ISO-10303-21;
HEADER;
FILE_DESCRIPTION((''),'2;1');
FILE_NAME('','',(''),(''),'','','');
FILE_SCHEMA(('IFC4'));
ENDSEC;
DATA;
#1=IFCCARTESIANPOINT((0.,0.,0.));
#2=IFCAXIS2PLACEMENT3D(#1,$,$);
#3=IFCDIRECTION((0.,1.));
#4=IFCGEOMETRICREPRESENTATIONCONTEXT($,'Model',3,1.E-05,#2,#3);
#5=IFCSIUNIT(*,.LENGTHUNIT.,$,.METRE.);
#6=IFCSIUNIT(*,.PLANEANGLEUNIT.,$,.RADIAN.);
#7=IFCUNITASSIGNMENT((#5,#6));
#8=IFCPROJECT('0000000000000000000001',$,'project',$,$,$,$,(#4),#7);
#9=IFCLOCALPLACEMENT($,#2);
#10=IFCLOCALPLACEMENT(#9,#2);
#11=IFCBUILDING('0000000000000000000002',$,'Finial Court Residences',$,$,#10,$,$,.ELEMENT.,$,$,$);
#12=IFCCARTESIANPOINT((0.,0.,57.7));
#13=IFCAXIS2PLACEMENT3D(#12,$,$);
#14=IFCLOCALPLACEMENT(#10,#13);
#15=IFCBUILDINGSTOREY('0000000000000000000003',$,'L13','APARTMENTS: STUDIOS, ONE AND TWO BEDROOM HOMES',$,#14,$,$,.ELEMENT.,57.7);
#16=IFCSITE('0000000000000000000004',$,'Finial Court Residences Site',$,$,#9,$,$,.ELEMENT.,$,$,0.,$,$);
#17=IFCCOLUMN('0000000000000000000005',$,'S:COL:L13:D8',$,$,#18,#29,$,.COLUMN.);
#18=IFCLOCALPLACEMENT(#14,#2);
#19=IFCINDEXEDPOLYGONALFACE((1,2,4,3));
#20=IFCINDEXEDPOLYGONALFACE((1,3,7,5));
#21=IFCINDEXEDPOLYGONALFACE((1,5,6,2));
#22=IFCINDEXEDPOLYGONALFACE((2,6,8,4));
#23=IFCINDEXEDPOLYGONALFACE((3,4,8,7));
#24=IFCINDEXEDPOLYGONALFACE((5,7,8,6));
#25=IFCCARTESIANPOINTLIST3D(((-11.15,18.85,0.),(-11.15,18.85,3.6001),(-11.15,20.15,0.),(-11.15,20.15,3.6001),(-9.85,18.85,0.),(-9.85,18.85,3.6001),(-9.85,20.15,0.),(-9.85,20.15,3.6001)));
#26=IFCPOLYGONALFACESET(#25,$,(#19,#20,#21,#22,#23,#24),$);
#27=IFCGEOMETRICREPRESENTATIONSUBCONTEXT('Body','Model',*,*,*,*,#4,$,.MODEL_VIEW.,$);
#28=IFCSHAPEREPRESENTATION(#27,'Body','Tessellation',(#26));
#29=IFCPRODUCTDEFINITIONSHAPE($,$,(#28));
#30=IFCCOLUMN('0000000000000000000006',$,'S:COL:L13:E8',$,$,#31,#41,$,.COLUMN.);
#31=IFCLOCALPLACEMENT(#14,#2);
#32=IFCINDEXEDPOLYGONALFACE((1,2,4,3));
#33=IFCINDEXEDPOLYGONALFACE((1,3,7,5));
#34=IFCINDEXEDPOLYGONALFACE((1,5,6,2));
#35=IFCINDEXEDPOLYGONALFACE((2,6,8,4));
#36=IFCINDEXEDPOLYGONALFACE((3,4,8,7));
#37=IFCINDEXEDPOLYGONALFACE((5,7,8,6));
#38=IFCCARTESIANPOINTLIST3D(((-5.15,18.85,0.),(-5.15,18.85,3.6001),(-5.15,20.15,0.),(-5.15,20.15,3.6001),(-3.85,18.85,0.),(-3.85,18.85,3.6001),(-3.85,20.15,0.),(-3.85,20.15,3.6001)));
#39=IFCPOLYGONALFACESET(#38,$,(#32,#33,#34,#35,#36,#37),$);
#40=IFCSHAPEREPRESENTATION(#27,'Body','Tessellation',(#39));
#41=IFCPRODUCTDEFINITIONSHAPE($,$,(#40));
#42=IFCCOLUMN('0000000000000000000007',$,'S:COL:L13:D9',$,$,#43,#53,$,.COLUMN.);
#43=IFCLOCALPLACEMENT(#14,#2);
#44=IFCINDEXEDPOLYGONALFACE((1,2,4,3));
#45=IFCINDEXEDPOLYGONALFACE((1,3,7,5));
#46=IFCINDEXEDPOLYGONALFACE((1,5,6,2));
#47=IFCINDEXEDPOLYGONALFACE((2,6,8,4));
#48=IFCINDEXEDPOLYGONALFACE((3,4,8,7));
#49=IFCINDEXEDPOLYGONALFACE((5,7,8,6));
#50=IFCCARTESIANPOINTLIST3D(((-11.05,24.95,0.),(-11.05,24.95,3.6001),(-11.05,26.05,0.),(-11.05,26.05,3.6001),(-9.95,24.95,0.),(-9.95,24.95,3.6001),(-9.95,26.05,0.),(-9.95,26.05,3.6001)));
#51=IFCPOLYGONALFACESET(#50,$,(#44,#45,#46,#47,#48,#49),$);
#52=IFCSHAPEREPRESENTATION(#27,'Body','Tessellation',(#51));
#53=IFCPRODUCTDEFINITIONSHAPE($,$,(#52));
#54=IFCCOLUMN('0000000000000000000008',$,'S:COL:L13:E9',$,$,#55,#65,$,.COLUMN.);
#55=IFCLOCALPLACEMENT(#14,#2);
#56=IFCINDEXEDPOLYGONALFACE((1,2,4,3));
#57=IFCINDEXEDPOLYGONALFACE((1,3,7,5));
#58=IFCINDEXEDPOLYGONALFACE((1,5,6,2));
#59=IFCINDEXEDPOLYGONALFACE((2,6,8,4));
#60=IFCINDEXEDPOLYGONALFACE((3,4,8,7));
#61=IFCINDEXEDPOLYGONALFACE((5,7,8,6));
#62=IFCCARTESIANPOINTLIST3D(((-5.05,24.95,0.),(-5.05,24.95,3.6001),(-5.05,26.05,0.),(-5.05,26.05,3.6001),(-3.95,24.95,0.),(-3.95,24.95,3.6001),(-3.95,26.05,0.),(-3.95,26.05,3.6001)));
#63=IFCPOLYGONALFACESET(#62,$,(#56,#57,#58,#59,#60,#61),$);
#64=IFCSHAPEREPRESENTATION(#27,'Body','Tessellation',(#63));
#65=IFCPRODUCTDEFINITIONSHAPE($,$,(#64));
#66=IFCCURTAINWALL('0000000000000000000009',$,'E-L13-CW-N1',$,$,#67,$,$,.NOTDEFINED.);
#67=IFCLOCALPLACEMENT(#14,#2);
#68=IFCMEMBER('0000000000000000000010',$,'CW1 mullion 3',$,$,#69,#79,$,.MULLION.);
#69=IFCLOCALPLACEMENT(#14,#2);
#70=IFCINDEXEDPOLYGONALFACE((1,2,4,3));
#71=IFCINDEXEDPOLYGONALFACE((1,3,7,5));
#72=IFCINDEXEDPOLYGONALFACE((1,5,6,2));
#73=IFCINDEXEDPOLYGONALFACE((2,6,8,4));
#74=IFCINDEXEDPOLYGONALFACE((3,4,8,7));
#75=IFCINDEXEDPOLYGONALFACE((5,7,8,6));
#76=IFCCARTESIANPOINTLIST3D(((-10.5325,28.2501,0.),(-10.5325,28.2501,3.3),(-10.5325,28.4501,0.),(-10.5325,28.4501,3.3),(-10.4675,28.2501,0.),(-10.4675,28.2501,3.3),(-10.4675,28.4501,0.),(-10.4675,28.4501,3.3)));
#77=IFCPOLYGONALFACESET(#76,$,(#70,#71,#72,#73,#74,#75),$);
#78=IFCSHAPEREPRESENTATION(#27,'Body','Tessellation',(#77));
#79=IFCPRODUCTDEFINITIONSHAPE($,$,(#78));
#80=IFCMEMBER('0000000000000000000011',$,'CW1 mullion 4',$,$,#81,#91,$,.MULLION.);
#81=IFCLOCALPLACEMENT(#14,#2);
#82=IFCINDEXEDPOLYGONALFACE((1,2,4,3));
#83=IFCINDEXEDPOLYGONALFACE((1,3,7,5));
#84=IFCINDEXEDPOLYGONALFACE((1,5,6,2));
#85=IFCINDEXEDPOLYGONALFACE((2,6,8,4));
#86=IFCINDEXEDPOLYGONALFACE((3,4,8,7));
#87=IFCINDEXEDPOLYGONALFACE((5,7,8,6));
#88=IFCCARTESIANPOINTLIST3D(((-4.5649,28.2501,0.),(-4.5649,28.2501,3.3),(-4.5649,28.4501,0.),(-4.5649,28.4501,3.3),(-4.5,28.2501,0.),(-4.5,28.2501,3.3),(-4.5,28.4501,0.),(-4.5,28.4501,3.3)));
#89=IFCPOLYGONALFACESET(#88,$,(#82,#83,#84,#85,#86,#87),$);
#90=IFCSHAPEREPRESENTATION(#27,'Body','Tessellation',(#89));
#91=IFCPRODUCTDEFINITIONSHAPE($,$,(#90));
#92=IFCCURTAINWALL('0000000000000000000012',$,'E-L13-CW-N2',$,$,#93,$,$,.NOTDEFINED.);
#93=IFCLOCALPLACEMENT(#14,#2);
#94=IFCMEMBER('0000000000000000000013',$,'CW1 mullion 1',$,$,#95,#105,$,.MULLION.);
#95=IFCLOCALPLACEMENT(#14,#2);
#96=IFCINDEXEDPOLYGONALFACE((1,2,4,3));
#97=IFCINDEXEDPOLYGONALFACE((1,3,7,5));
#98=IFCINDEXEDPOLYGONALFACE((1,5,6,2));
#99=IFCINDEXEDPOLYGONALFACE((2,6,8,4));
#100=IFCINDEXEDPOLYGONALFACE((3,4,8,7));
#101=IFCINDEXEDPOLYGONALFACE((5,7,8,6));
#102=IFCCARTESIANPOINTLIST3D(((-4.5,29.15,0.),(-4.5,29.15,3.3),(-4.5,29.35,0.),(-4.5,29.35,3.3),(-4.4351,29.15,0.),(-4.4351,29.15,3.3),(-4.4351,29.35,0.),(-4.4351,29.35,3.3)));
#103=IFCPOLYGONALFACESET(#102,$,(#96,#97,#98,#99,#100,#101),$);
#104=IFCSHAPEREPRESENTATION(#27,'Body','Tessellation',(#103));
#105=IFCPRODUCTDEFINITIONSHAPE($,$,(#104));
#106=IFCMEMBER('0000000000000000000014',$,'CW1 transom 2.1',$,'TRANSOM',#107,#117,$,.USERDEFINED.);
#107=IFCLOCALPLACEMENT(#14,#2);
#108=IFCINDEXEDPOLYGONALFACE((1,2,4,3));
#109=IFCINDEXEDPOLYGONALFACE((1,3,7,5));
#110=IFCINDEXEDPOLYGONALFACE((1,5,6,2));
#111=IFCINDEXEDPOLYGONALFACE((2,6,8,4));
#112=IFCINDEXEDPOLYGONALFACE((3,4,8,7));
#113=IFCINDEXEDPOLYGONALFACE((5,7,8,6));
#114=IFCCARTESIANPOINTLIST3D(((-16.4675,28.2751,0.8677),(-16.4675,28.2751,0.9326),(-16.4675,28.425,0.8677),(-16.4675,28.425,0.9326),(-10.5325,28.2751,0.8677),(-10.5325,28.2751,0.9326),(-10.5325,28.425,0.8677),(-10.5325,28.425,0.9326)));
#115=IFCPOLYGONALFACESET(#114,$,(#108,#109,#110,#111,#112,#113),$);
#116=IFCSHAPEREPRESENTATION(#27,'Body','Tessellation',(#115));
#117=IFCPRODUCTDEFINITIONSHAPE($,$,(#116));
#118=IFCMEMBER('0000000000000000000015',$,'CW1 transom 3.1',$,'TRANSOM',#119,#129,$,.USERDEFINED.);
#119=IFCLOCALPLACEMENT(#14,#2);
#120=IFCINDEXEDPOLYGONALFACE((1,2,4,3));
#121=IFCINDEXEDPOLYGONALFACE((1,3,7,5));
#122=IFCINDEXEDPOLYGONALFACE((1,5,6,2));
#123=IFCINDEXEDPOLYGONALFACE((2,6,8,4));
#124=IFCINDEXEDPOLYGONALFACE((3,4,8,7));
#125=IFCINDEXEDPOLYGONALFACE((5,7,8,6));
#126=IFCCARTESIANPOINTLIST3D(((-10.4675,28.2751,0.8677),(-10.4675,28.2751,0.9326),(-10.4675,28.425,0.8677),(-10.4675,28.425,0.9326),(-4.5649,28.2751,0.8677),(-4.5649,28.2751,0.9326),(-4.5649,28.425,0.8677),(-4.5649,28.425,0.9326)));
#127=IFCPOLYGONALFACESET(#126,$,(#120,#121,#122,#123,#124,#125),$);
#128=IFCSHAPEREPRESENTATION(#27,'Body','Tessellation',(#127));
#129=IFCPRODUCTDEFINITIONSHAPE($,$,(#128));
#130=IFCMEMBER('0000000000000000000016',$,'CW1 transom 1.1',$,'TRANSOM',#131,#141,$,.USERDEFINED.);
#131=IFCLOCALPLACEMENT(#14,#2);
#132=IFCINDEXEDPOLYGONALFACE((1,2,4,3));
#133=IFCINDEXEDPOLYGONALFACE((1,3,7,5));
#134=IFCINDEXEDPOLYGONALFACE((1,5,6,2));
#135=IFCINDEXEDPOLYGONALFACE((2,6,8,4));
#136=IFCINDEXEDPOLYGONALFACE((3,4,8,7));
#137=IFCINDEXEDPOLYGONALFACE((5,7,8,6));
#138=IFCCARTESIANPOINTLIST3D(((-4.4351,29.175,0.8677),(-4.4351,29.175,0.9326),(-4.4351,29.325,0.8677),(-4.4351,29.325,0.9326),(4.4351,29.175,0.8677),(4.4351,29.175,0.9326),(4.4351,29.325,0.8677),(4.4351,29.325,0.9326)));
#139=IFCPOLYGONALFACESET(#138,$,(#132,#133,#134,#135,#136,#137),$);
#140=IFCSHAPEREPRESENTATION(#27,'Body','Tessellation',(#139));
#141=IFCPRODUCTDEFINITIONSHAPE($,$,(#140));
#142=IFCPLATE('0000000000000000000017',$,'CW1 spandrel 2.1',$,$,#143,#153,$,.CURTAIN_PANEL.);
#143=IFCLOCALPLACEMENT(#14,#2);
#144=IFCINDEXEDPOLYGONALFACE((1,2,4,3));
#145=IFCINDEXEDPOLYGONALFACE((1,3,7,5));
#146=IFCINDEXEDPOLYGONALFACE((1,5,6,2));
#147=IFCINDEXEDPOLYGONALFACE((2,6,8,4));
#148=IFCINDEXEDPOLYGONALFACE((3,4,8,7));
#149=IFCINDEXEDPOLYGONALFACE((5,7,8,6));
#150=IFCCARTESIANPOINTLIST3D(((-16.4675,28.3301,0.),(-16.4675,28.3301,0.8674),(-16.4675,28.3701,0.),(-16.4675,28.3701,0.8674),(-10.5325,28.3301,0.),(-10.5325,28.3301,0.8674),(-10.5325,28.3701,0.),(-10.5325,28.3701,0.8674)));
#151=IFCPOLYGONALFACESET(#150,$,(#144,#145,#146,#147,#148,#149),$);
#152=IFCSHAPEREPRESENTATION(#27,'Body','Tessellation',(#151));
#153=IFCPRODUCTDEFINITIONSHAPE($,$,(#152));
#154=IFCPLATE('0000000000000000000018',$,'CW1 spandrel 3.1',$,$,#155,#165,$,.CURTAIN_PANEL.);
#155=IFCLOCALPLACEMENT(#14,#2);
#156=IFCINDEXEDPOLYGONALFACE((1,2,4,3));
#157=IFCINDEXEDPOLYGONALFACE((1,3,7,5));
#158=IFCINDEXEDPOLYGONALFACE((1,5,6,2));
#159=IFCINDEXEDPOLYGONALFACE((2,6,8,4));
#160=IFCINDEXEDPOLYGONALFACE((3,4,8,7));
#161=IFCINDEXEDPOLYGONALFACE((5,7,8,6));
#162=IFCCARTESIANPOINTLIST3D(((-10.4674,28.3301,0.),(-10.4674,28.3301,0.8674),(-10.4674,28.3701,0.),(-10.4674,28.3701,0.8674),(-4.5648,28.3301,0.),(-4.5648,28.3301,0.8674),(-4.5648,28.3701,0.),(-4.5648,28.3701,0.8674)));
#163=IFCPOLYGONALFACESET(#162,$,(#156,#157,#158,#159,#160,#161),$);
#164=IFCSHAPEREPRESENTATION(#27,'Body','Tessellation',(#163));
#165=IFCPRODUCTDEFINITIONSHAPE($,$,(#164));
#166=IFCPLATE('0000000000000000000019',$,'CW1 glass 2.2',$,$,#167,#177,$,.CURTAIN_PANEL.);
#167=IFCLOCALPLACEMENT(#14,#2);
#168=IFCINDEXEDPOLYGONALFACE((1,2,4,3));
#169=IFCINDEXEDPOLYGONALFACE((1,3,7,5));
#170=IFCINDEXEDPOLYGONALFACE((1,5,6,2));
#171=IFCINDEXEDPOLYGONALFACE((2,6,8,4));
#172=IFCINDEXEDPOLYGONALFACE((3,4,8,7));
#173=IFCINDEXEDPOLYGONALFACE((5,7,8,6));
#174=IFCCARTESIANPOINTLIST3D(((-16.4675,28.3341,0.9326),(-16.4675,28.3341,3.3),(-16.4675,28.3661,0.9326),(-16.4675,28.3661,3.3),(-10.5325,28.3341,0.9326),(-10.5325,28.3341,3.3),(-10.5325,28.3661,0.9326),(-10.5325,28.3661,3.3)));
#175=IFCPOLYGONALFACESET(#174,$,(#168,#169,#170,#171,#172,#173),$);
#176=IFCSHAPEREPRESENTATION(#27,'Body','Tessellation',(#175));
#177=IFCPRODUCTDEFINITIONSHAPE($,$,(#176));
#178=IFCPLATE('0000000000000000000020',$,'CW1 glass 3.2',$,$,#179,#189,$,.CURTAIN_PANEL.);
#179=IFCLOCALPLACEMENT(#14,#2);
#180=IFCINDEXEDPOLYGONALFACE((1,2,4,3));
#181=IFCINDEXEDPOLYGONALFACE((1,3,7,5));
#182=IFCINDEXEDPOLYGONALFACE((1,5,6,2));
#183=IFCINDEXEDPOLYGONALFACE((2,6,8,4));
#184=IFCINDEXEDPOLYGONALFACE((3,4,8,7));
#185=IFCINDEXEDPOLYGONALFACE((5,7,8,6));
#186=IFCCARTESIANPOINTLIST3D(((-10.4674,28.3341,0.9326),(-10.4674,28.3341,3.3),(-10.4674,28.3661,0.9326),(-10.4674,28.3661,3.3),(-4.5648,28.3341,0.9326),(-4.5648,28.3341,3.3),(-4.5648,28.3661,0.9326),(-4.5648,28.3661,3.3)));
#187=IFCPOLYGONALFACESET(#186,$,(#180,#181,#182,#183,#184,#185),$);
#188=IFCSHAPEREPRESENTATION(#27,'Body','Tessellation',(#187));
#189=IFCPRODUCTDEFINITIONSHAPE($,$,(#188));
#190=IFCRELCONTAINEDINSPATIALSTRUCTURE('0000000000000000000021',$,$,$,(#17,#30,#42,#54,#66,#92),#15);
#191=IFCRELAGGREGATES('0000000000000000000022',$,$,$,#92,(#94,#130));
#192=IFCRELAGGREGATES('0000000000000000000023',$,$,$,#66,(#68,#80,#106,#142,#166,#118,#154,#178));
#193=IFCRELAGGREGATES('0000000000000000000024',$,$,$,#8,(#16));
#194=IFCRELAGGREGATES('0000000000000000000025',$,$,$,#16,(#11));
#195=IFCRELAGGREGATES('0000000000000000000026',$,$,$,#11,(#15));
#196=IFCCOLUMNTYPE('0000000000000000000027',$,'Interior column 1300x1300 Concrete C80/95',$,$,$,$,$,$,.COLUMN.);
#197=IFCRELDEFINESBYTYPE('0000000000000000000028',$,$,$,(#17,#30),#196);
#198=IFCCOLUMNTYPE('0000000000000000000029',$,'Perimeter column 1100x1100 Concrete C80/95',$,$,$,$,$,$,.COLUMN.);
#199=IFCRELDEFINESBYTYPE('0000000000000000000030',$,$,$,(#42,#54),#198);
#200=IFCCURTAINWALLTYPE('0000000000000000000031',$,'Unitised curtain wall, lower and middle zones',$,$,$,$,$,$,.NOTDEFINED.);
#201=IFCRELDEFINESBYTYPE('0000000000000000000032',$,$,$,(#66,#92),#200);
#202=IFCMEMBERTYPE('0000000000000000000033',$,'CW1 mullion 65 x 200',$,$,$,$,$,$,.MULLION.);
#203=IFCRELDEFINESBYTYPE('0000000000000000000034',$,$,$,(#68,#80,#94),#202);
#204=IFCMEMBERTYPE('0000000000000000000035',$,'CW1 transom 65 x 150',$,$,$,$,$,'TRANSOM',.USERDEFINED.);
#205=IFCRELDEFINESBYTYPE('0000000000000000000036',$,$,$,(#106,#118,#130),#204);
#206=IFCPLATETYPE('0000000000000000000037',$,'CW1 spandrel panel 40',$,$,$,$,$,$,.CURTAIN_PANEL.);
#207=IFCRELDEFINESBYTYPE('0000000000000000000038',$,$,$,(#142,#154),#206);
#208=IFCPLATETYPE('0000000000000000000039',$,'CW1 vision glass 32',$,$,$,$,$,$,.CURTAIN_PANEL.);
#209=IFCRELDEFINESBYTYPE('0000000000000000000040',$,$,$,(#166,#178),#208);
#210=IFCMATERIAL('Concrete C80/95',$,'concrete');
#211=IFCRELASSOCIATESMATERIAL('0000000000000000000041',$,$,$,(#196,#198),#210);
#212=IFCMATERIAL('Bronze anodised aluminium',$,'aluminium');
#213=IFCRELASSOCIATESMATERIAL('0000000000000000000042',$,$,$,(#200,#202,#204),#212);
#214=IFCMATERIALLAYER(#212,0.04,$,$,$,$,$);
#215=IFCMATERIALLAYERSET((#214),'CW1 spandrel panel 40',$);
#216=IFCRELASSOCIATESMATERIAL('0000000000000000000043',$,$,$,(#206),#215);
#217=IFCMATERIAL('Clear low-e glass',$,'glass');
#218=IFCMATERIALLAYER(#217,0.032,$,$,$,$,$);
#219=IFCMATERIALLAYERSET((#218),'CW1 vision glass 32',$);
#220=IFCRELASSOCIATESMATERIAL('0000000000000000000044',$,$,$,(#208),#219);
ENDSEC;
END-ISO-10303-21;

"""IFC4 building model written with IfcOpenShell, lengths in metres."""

from ifc_helpers import new_model, si_unit, direction, frame, origin, origin_2d, place, context, subcontext, project, spatial, rectangle, extrude, material, layer, layer_set, material_profile, profile_set, type_object, element, aggregate, save


model = new_model("IFC4")

# Units and contexts
model_context = context("Model", 3, precision=1e-05, world=origin(), true_north=direction((0.0, 1.0)))
body_context = subcontext(model_context, "Body", "Model", "MODEL_VIEW")
ifc_project = project(units=[si_unit("LENGTHUNIT", "METRE"), si_unit("PLANEANGLEUNIT", "RADIAN")], contexts=[model_context])

# Site, building, storey
site_placement = place(None, origin())
site = spatial("IfcSite", under=ifc_project, at=site_placement, Name="Finial Court Residences Site", CompositionType="ELEMENT", RefElevation=0.0)
building_placement = place(site_placement, origin())
building = spatial("IfcBuilding", under=site, at=building_placement, Name="Finial Court Residences", CompositionType="ELEMENT")
storey_placement = place(building_placement, frame((0.0, 0.0, 57.7)))
storey = spatial("IfcBuildingStorey", under=building, at=storey_placement, Name="L13", Description="APARTMENTS: STUDIOS, ONE AND TWO BEDROOM HOMES", CompositionType="ELEMENT", Elevation=57.7)

# Columns
ifc_material_1 = material(Name="Concrete C80/95", Category="concrete")
ifc_material_profile_1 = material_profile(ifc_material_1, rectangle(XDim=1.3, YDim=1.3, at=origin_2d()), Name="1300x1300")
ifc_profile_set_1 = profile_set([ifc_material_profile_1], Name="Concrete C80/95")
column_type_1 = type_object("IfcColumnType", Name="Interior column 1300x1300 Concrete C80/95", PredefinedType="COLUMN", material=ifc_profile_set_1)
for number, where, z_axis, x_axis, name in (
    (1, (-10.5, 19.5, 0.0), (0.0, 0.0, 1.0), (1.0, 0.0, 0.0), "S:COL:L13:D8"),
    (2, (-4.5, 19.5, 0.0), (0.0, 0.0, 1.0), (1.0, 0.0, 0.0), "S:COL:L13:E8"),
):
    element("IfcColumn", number, at=place(storey_placement, frame(where, z_axis=z_axis, x_axis=x_axis)), inside=storey, type_object=column_type_1, Name=name, PredefinedType="COLUMN", context=body_context, shape_type="SweptSolid", body=[
        extrude(rectangle(XDim=1.3, YDim=1.3, at=origin_2d()), origin(), (0.0, 0.0, 1.0), 3.6001),
    ])
ifc_material_profile_2 = material_profile(ifc_material_1, rectangle(XDim=1.1001, YDim=1.1001, at=origin_2d()), Name="1100x1100")
ifc_profile_set_2 = profile_set([ifc_material_profile_2], Name="Concrete C80/95")
column_type_2 = type_object("IfcColumnType", Name="Perimeter column 1100x1100 Concrete C80/95", PredefinedType="COLUMN", material=ifc_profile_set_2)
for number, where, z_axis, x_axis, name in (
    (3, (-10.5, 25.5, 0.0), (0.0, 0.0, 1.0), (1.0, 0.0, 0.0), "S:COL:L13:D9"),
    (4, (-4.5, 25.5, 0.0), (0.0, 0.0, 1.0), (1.0, 0.0, 0.0), "S:COL:L13:E9"),
):
    element("IfcColumn", number, at=place(storey_placement, frame(where, z_axis=z_axis, x_axis=x_axis)), inside=storey, type_object=column_type_2, Name=name, PredefinedType="COLUMN", context=body_context, shape_type="SweptSolid", body=[
        extrude(rectangle(XDim=1.1001, YDim=1.1001, at=origin_2d()), origin(), (0.0, 0.0, 1.0), 3.6001),
    ])

# Curtain wall, members
ifc_material_2 = material(Name="Bronze anodised aluminium", Category="aluminium")
curtain_wall_type = type_object("IfcCurtainWallType", Name="Unitised curtain wall, lower and middle zones", PredefinedType="NOTDEFINED", material=ifc_material_2)
curtain_wall_1_placement = place(storey_placement, origin())
curtain_wall_1 = element("IfcCurtainWall", 5, at=curtain_wall_1_placement, inside=storey, type_object=curtain_wall_type, Name="E-L13-CW-N1", PredefinedType="NOTDEFINED")
ifc_material_profile_3 = material_profile(ifc_material_2, rectangle(XDim=0.2, YDim=0.0649, at=origin_2d()), Name="CW1 mullion 65 x 200")
ifc_profile_set_3 = profile_set([ifc_material_profile_3], Name="Bronze anodised aluminium")
member_type_1 = type_object("IfcMemberType", Name="CW1 mullion 65 x 200", PredefinedType="MULLION", material=ifc_profile_set_3)
member_1_placement = place(storey_placement, frame((-10.5, 28.3501, 0.0), z_axis=(0.0, 0.0, 1.0), x_axis=(0.0, 1.0, 0.0)))
member_1 = element("IfcMember", 6, at=member_1_placement, type_object=member_type_1, Name="CW1 mullion 3", PredefinedType="MULLION", context=body_context, shape_type="SweptSolid", body=[
    extrude(rectangle(XDim=0.2, YDim=0.0649, at=origin_2d()), origin(), (0.0, 0.0, 1.0), 3.3),
])
member_2_placement = place(storey_placement, frame((-4.5325, 28.3501, 0.0), z_axis=(0.0, 0.0, 1.0), x_axis=(0.0, 1.0, 0.0)))
member_2 = element("IfcMember", 7, at=member_2_placement, type_object=member_type_1, Name="CW1 mullion 4", PredefinedType="MULLION", context=body_context, shape_type="SweptSolid", body=[
    extrude(rectangle(XDim=0.2, YDim=0.0649, at=origin_2d()), origin(), (0.0, 0.0, 1.0), 3.3),
])

# Curtain wall, member
curtain_wall_2_placement = place(storey_placement, origin())
curtain_wall_2 = element("IfcCurtainWall", 8, at=curtain_wall_2_placement, inside=storey, type_object=curtain_wall_type, Name="E-L13-CW-N2", PredefinedType="NOTDEFINED")
member_3_placement = place(storey_placement, frame((-4.4675, 29.25, 0.0), z_axis=(0.0, 0.0, 1.0), x_axis=(0.0, 1.0, 0.0)))
member_3 = element("IfcMember", 9, at=member_3_placement, type_object=member_type_1, Name="CW1 mullion 1", PredefinedType="MULLION", context=body_context, shape_type="SweptSolid", body=[
    extrude(rectangle(XDim=0.2, YDim=0.0649, at=origin_2d()), origin(), (0.0, 0.0, 1.0), 3.3),
])

# Members
ifc_material_profile_4 = material_profile(ifc_material_2, rectangle(XDim=0.1499, YDim=0.0649, at=origin_2d()), Name="CW1 transom 65 x 150")
ifc_profile_set_4 = profile_set([ifc_material_profile_4], Name="Bronze anodised aluminium")
member_type_2 = type_object("IfcMemberType", Name="CW1 transom 65 x 150", ElementType="TRANSOM", PredefinedType="USERDEFINED", material=ifc_profile_set_4)
member_4_placement = place(storey_placement, frame((-16.4675, 28.3501, 0.9001), z_axis=(1.0, 0.0, 0.0), x_axis=(0.0, 1.0, 0.0)))
member_4 = element("IfcMember", 10, at=member_4_placement, type_object=member_type_2, Name="CW1 transom 2.1", ObjectType="TRANSOM", PredefinedType="USERDEFINED", context=body_context, shape_type="SweptSolid", body=[
    extrude(rectangle(XDim=0.1499, YDim=0.0649, at=origin_2d()), origin(), (0.0, 0.0, 1.0), 5.9351),
])
member_5_placement = place(storey_placement, frame((-10.4675, 28.3501, 0.9001), z_axis=(1.0, 0.0, 0.0), x_axis=(0.0, 1.0, 0.0)))
member_5 = element("IfcMember", 11, at=member_5_placement, type_object=member_type_2, Name="CW1 transom 3.1", ObjectType="TRANSOM", PredefinedType="USERDEFINED", context=body_context, shape_type="SweptSolid", body=[
    extrude(rectangle(XDim=0.1499, YDim=0.0649, at=origin_2d()), origin(), (0.0, 0.0, 1.0), 5.9026),
])
member_6_placement = place(storey_placement, frame((-4.4351, 29.25, 0.9001), z_axis=(1.0, 0.0, 0.0), x_axis=(0.0, 1.0, 0.0)))
member_6 = element("IfcMember", 12, at=member_6_placement, type_object=member_type_2, Name="CW1 transom 1.1", ObjectType="TRANSOM", PredefinedType="USERDEFINED", context=body_context, shape_type="SweptSolid", body=[
    extrude(rectangle(XDim=0.1499, YDim=0.0649, at=origin_2d()), origin(), (0.0, 0.0, 1.0), 8.8701),
])
aggregate(curtain_wall_2, [member_3, member_6])

# Plates
ifc_layer_1 = layer(ifc_material_2, 0.04)
ifc_layer_set_1 = layer_set([ifc_layer_1], Name="CW1 spandrel panel 40")
plate_type_1 = type_object("IfcPlateType", Name="CW1 spandrel panel 40", PredefinedType="CURTAIN_PANEL", material=ifc_layer_set_1)
plate_1_placement = place(storey_placement, frame((-13.5, 28.3501, 0.0), z_axis=(0.0, 0.0, 1.0), x_axis=(1.0, 0.0, 0.0)))
plate_1 = element("IfcPlate", 13, at=plate_1_placement, type_object=plate_type_1, Name="CW1 spandrel 2.1", PredefinedType="CURTAIN_PANEL", context=body_context, shape_type="SweptSolid", body=[
    extrude(rectangle(XDim=5.9351, YDim=0.04, at=origin_2d()), origin(), (0.0, 0.0, 1.0), 0.8674),
])
plate_2_placement = place(storey_placement, frame((-7.5161, 28.3501, 0.0), z_axis=(0.0, 0.0, 1.0), x_axis=(1.0, 0.0, 0.0)))
plate_2 = element("IfcPlate", 14, at=plate_2_placement, type_object=plate_type_1, Name="CW1 spandrel 3.1", PredefinedType="CURTAIN_PANEL", context=body_context, shape_type="SweptSolid", body=[
    extrude(rectangle(XDim=5.9026, YDim=0.04, at=origin_2d()), origin(), (0.0, 0.0, 1.0), 0.8674),
])
ifc_material_3 = material(Name="Clear low-e glass", Category="glass")
ifc_layer_2 = layer(ifc_material_3, 0.032)
ifc_layer_set_2 = layer_set([ifc_layer_2], Name="CW1 vision glass 32")
plate_type_2 = type_object("IfcPlateType", Name="CW1 vision glass 32", PredefinedType="CURTAIN_PANEL", material=ifc_layer_set_2)
plate_3_placement = place(storey_placement, frame((-13.5, 28.3501, 0.9326), z_axis=(0.0, 0.0, 1.0), x_axis=(1.0, 0.0, 0.0)))
plate_3 = element("IfcPlate", 15, at=plate_3_placement, type_object=plate_type_2, Name="CW1 glass 2.2", PredefinedType="CURTAIN_PANEL", context=body_context, shape_type="SweptSolid", body=[
    extrude(rectangle(XDim=5.9351, YDim=0.032, at=origin_2d()), origin(), (0.0, 0.0, 1.0), 2.3674),
])
plate_4_placement = place(storey_placement, frame((-7.5161, 28.3501, 0.9326), z_axis=(0.0, 0.0, 1.0), x_axis=(1.0, 0.0, 0.0)))
plate_4 = element("IfcPlate", 16, at=plate_4_placement, type_object=plate_type_2, Name="CW1 glass 3.2", PredefinedType="CURTAIN_PANEL", context=body_context, shape_type="SweptSolid", body=[
    extrude(rectangle(XDim=5.9026, YDim=0.032, at=origin_2d()), origin(), (0.0, 0.0, 1.0), 2.3674),
])
aggregate(curtain_wall_1, [member_1, member_2, member_4, plate_1, plate_3, member_5, plate_2, plate_4])

save(model, "model.ifc")
